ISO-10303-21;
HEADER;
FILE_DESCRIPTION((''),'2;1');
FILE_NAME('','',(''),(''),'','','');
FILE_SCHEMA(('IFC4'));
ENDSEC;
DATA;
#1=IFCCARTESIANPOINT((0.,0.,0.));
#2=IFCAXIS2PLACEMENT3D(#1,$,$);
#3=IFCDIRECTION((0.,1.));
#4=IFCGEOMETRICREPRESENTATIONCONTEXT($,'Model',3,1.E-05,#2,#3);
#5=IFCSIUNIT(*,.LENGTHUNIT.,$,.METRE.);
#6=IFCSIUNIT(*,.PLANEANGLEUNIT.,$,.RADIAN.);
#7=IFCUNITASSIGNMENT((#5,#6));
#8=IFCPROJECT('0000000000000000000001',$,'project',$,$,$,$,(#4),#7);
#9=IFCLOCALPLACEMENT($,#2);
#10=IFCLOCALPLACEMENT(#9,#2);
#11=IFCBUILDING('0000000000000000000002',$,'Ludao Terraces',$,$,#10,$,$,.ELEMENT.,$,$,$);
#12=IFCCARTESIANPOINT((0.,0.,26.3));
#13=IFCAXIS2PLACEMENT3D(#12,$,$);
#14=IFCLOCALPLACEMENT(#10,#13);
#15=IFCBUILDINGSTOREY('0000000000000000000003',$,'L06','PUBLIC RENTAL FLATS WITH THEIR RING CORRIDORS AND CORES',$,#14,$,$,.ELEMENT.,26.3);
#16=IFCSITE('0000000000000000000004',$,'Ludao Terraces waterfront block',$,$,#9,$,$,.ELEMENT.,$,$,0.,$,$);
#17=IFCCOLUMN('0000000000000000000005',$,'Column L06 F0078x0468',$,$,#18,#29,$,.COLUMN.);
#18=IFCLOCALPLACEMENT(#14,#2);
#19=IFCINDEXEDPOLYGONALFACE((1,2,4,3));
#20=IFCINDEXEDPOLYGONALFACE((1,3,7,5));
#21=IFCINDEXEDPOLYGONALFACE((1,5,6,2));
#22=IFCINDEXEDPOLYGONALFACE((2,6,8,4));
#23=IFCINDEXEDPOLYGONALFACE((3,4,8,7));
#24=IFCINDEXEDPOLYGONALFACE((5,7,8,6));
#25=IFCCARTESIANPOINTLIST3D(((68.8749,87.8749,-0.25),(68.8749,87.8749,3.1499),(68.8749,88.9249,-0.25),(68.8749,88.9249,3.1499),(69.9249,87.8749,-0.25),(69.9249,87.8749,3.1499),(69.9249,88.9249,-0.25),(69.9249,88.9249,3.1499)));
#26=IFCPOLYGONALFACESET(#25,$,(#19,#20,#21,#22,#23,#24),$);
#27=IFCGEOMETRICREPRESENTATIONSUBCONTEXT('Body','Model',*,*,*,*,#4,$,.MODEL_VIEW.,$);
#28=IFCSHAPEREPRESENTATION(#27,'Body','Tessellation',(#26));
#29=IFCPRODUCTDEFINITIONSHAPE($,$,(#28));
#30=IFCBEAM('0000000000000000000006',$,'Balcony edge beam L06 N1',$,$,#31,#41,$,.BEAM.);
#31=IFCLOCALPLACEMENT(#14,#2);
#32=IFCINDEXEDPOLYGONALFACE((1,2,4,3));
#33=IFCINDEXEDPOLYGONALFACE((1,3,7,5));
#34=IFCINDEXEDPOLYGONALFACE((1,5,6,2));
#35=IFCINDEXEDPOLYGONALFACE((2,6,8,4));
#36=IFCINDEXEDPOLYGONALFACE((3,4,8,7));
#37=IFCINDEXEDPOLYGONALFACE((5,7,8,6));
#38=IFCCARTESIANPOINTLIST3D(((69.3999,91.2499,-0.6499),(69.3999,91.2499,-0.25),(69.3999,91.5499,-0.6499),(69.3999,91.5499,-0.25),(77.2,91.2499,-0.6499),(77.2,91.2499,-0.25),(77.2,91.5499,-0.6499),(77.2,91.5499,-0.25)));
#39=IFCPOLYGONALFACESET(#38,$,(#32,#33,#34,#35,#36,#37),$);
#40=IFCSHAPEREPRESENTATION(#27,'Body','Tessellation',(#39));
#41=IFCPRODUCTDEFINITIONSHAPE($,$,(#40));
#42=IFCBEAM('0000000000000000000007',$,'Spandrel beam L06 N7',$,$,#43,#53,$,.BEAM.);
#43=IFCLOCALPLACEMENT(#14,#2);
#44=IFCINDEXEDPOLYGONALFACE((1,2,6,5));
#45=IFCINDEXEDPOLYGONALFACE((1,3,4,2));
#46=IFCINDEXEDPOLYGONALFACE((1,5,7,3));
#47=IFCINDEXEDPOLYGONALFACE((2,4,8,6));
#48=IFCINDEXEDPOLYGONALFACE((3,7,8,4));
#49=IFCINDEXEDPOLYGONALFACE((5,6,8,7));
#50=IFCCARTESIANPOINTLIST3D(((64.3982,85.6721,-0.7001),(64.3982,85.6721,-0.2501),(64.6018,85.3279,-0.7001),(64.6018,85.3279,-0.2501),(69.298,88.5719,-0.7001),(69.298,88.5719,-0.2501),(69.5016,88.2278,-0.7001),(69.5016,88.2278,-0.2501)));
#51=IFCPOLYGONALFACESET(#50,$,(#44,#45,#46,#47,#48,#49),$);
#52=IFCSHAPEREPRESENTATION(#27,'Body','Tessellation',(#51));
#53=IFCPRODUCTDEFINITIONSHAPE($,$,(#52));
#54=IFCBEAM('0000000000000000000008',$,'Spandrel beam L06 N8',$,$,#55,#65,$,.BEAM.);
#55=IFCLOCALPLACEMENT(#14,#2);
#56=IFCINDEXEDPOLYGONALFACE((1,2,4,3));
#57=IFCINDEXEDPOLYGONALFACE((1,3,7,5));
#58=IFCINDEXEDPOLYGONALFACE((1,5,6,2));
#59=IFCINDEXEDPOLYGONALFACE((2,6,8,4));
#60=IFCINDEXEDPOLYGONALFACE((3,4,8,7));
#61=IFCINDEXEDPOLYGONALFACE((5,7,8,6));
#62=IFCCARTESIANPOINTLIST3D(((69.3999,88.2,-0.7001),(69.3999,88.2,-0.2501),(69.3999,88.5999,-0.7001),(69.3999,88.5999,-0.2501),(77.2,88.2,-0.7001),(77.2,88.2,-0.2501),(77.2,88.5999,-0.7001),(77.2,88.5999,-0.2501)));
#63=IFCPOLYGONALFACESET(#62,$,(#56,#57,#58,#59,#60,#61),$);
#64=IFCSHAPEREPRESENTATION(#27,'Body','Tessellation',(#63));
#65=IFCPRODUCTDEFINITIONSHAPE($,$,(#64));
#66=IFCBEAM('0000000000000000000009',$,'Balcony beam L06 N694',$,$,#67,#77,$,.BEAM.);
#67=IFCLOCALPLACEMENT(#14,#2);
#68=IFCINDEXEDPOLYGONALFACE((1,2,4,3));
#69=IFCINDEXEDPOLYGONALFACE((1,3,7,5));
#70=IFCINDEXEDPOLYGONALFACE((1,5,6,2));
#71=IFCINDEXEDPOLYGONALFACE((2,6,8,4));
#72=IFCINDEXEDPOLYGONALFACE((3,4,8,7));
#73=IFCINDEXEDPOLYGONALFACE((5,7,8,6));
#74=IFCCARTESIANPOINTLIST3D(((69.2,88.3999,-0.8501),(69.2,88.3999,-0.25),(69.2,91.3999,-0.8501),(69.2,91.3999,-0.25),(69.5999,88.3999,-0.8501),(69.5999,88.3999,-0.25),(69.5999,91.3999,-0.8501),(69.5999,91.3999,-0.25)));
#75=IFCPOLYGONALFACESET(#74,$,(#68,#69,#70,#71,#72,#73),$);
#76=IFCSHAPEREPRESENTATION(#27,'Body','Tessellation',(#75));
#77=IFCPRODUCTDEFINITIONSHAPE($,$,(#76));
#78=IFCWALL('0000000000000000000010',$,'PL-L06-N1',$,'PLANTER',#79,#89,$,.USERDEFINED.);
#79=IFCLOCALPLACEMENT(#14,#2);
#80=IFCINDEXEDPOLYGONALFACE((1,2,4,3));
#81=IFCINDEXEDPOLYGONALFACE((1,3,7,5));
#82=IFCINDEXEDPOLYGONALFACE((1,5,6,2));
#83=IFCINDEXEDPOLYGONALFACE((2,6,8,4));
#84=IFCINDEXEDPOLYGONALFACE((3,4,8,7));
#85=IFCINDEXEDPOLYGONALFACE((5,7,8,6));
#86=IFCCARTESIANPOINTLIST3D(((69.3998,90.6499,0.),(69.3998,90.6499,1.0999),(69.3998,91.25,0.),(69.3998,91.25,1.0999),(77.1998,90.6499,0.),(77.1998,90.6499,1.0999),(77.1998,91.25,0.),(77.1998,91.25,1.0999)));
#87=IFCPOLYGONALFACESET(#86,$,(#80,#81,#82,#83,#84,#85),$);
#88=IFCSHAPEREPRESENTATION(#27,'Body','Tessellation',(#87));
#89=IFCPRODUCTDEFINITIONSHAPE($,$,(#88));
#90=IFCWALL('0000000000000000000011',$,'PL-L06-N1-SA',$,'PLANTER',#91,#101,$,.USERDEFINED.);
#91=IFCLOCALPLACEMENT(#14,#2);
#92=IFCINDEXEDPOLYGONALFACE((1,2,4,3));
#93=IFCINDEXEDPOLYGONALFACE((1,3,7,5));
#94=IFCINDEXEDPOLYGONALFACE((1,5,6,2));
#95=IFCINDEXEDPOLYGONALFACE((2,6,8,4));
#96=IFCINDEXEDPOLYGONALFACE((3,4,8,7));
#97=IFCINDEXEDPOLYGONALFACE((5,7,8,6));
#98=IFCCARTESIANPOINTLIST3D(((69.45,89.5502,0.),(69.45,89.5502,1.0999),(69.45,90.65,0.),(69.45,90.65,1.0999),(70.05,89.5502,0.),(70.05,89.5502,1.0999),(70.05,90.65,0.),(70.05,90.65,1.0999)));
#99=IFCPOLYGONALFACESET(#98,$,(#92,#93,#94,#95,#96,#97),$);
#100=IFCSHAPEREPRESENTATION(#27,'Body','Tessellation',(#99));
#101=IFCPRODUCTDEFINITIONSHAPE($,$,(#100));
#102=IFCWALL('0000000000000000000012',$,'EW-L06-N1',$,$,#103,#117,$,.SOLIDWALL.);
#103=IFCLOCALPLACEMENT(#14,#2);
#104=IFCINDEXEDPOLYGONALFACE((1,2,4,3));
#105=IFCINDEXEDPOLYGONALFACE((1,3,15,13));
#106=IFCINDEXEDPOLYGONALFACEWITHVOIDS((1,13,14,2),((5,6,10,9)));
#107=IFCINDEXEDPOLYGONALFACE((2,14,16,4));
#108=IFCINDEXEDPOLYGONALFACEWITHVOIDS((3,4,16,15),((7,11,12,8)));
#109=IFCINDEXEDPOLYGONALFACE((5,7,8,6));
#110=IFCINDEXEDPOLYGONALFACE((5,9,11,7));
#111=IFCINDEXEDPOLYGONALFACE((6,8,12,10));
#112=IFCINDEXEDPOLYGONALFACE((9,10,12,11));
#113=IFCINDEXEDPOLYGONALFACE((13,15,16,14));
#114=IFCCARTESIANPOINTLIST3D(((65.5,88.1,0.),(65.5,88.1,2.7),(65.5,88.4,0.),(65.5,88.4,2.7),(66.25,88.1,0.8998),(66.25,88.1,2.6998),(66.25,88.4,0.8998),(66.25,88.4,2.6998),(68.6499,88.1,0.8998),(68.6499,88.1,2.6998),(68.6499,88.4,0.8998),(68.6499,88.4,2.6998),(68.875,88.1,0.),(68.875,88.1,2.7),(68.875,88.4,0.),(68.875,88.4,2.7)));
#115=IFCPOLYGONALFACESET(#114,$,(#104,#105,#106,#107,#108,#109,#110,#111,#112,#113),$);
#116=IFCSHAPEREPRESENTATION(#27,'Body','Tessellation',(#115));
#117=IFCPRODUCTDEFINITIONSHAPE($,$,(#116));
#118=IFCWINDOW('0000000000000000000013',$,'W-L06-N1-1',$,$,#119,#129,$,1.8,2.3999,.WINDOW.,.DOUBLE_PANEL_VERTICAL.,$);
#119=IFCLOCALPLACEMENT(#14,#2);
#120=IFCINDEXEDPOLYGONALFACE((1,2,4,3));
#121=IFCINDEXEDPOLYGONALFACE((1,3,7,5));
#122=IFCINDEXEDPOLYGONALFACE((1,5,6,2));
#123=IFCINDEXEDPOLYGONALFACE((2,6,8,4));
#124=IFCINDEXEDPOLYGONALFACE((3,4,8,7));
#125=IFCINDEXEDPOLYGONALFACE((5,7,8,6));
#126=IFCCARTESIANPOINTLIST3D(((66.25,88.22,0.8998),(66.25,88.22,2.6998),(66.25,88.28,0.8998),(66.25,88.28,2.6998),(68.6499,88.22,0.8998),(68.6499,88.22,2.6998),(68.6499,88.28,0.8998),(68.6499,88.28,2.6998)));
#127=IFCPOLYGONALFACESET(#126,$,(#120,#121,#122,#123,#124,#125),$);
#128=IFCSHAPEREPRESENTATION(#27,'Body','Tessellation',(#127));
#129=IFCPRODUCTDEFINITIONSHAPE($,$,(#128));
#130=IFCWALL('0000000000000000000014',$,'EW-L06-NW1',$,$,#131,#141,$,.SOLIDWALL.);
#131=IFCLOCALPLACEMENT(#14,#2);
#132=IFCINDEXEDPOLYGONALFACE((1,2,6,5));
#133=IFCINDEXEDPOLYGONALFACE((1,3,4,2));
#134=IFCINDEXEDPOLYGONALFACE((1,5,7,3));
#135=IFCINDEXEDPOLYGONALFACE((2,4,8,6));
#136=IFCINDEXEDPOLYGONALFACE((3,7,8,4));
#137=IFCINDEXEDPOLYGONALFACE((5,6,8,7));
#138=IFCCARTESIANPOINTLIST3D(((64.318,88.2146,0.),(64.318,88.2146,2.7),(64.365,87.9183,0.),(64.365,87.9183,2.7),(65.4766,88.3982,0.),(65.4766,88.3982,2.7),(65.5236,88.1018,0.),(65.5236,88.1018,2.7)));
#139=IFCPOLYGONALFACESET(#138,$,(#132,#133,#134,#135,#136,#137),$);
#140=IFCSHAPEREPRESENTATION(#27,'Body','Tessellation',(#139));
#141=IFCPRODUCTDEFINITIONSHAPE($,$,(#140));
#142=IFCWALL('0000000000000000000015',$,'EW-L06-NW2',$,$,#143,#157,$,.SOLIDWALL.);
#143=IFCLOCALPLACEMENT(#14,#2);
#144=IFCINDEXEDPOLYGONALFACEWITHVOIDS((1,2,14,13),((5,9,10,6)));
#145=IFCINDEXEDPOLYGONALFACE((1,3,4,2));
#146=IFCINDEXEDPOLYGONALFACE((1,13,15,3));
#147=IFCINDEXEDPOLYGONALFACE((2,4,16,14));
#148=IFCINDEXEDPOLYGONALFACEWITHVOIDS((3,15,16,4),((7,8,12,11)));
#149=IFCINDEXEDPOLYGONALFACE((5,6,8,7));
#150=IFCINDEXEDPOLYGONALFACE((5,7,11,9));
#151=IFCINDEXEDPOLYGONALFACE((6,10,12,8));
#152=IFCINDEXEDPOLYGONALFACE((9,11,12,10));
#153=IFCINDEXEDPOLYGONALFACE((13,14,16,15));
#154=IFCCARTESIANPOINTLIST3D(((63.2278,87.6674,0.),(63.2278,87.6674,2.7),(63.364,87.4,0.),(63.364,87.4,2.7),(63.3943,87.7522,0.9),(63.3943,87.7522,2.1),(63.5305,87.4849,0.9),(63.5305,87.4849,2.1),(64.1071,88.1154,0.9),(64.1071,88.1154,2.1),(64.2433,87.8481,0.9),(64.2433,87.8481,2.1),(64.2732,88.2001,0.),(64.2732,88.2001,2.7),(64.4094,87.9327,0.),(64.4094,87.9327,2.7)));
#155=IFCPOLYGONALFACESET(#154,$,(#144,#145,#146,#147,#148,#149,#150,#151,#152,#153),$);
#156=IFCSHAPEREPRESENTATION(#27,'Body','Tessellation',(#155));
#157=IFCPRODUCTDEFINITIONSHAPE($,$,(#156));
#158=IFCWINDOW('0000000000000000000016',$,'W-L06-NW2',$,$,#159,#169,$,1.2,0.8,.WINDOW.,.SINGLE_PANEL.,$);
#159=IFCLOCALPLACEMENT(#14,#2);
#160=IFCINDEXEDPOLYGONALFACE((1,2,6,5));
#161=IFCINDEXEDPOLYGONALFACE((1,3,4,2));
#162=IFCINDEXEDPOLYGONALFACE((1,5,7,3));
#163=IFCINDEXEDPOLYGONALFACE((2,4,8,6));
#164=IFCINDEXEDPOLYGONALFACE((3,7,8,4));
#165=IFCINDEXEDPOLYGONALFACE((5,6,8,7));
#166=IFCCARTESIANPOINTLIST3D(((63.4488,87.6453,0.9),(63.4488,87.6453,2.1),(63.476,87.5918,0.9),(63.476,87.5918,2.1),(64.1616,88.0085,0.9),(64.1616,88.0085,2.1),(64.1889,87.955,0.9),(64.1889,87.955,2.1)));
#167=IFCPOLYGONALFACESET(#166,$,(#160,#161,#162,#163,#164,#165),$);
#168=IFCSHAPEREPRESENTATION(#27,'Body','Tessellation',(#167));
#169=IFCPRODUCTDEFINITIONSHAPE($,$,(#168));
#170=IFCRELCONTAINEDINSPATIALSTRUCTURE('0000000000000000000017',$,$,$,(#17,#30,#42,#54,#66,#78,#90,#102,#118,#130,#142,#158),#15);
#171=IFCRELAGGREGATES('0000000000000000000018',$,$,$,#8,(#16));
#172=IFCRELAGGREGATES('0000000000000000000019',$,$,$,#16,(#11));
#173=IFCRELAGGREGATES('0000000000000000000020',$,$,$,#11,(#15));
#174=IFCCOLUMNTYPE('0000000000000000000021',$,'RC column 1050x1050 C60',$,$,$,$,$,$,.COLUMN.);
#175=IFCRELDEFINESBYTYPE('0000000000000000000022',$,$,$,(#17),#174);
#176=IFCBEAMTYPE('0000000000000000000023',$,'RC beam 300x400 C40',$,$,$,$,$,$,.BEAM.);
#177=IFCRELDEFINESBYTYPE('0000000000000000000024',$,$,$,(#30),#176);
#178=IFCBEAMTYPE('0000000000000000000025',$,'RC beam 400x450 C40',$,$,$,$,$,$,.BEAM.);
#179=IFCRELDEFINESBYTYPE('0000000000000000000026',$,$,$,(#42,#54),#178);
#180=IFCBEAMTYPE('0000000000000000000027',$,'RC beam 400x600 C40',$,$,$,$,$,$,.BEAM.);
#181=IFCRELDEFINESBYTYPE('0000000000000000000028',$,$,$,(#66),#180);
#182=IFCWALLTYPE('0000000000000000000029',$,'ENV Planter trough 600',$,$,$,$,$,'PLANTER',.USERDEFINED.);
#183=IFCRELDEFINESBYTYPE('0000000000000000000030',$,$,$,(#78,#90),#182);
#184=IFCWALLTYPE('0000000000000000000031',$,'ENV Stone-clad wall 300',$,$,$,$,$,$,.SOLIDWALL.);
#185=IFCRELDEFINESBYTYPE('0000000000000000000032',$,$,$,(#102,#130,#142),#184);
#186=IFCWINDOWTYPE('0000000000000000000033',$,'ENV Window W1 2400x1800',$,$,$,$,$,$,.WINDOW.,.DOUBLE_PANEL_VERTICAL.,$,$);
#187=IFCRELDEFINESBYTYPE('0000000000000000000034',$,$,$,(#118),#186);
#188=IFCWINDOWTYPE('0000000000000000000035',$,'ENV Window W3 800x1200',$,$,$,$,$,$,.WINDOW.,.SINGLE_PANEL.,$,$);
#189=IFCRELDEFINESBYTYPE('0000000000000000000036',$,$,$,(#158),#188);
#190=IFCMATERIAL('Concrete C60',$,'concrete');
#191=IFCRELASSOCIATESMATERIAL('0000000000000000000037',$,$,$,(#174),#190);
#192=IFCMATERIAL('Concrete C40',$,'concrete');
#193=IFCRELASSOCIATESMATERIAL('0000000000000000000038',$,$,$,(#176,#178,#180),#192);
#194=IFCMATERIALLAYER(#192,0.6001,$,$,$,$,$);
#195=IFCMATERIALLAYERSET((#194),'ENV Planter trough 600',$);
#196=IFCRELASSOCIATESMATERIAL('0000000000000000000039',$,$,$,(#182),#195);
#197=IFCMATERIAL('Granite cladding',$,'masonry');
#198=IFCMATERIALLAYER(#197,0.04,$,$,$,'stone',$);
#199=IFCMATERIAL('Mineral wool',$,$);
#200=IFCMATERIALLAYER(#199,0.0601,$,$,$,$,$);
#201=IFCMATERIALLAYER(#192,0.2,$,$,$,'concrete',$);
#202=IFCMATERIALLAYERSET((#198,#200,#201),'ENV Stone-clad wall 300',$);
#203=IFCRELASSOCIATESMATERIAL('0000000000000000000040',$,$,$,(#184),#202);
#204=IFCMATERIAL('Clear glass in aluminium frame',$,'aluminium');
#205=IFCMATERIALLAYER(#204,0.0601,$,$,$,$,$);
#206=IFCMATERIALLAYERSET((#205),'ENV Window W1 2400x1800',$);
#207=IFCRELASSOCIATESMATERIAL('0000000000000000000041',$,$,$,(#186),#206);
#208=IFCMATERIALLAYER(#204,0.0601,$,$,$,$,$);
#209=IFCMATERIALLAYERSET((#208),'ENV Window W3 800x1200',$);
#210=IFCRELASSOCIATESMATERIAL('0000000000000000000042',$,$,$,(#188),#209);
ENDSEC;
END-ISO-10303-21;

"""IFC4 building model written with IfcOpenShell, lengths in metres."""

from ifc_helpers import new_model, si_unit, direction, frame, frame_2d, origin, origin_2d, place, context, subcontext, project, spatial, rectangle, extrude, material, layer, layer_set, material_profile, profile_set, type_object, element, fill, save


model = new_model("IFC4")

# Units and contexts
model_context = context("Model", 3, precision=1e-05, world=origin(), true_north=direction((0.0, 1.0)))
body_context = subcontext(model_context, "Body", "Model", "MODEL_VIEW")
ifc_project = project(units=[si_unit("LENGTHUNIT", "METRE"), si_unit("PLANEANGLEUNIT", "RADIAN")], contexts=[model_context])

# Site, building, storey
site_placement = place(None, origin())
site = spatial("IfcSite", under=ifc_project, at=site_placement, Name="Ludao Terraces waterfront block", CompositionType="ELEMENT", RefElevation=0.0)
building_placement = place(site_placement, origin())
building = spatial("IfcBuilding", under=site, at=building_placement, Name="Ludao Terraces", CompositionType="ELEMENT")
storey_placement = place(building_placement, frame((0.0, 0.0, 26.3)))
storey = spatial("IfcBuildingStorey", under=building, at=storey_placement, Name="L06", Description="PUBLIC RENTAL FLATS WITH THEIR RING CORRIDORS AND CORES", CompositionType="ELEMENT", Elevation=26.3)

# Column
ifc_material_1 = material(Name="Concrete C60", Category="concrete")
ifc_material_profile_1 = material_profile(ifc_material_1, rectangle(XDim=1.05, YDim=1.05, at=origin_2d()), Name="1050 X 1050")
ifc_profile_set_1 = profile_set([ifc_material_profile_1], Name="Concrete C60")
column_type = type_object("IfcColumnType", Name="RC column 1050x1050 C60", PredefinedType="COLUMN", material=ifc_profile_set_1)
column_placement = place(storey_placement, frame((69.3999, 88.3999, -0.25), z_axis=(0.0, 0.0, 1.0), x_axis=(1.0, 0.0, 0.0)))
element("IfcColumn", 1, at=column_placement, inside=storey, type_object=column_type, Name="Column L06 F0078x0468", PredefinedType="COLUMN", context=body_context, shape_type="SweptSolid", body=[
    extrude(rectangle(XDim=1.05, YDim=1.05, at=origin_2d()), origin(), (0.0, 0.0, 1.0), 3.3999),
])

# Beams
ifc_material_2 = material(Name="Concrete C40", Category="concrete")
ifc_material_profile_2 = material_profile(ifc_material_2, rectangle(XDim=0.3, YDim=0.3999, at=origin_2d()), Name="300 X 400")
ifc_profile_set_2 = profile_set([ifc_material_profile_2], Name="Concrete C40")
beam_type_1 = type_object("IfcBeamType", Name="RC beam 300x400 C40", PredefinedType="BEAM", material=ifc_profile_set_2)
beam_1_placement = place(storey_placement, frame((69.3999, 91.3999, -0.45), z_axis=(1.0, 0.0, 0.0), x_axis=(0.0, 1.0, 0.0)))
element("IfcBeam", 2, at=beam_1_placement, inside=storey, type_object=beam_type_1, Name="Balcony edge beam L06 N1", PredefinedType="BEAM", context=body_context, shape_type="SweptSolid", body=[
    extrude(rectangle(XDim=0.3, YDim=0.3999, at=origin_2d()), origin(), (0.0, 0.0, 1.0), 7.8),
])
ifc_material_profile_3 = material_profile(ifc_material_2, rectangle(XDim=0.3999, YDim=0.45, at=origin_2d()), Name="400 X 450")
ifc_profile_set_3 = profile_set([ifc_material_profile_3], Name="Concrete C40")
beam_type_2 = type_object("IfcBeamType", Name="RC beam 400x450 C40", PredefinedType="BEAM", material=ifc_profile_set_3)
beam_2_placement = place(storey_placement, frame((64.5, 85.5, -0.4751), z_axis=(0.86058, 0.509316, 0.0), x_axis=(-0.509316, 0.86058, 0.0)))
element("IfcBeam", 3, at=beam_2_placement, inside=storey, type_object=beam_type_2, Name="Spandrel beam L06 N7", PredefinedType="BEAM", context=body_context, shape_type="SweptSolid", body=[
    extrude(rectangle(XDim=0.3999, YDim=0.45, at=origin_2d()), origin(), (0.0, 0.0, 1.0), 5.6936),
])
beam_3_placement = place(storey_placement, frame((69.3999, 88.3999, -0.4751), z_axis=(1.0, 0.0, 0.0), x_axis=(0.0, 1.0, 0.0)))
element("IfcBeam", 4, at=beam_3_placement, inside=storey, type_object=beam_type_2, Name="Spandrel beam L06 N8", PredefinedType="BEAM", context=body_context, shape_type="SweptSolid", body=[
    extrude(rectangle(XDim=0.3999, YDim=0.45, at=origin_2d()), origin(), (0.0, 0.0, 1.0), 7.8),
])
ifc_material_profile_4 = material_profile(ifc_material_2, rectangle(XDim=0.3999, YDim=0.6001, at=origin_2d()), Name="400 X 600")
ifc_profile_set_4 = profile_set([ifc_material_profile_4], Name="Concrete C40")
beam_type_3 = type_object("IfcBeamType", Name="RC beam 400x600 C40", PredefinedType="BEAM", material=ifc_profile_set_4)
beam_4_placement = place(storey_placement, frame((69.3999, 88.3999, -0.55), z_axis=(0.0, 1.0, 0.0), x_axis=(-1.0, 0.0, 0.0)))
element("IfcBeam", 5, at=beam_4_placement, inside=storey, type_object=beam_type_3, Name="Balcony beam L06 N694", PredefinedType="BEAM", context=body_context, shape_type="SweptSolid", body=[
    extrude(rectangle(XDim=0.3999, YDim=0.6001, at=origin_2d()), origin(), (0.0, 0.0, 1.0), 3.0),
])

# Walls
ifc_layer_1 = layer(ifc_material_2, 0.6001)
ifc_layer_set_1 = layer_set([ifc_layer_1], Name="ENV Planter trough 600")
wall_type_1 = type_object("IfcWallType", Name="ENV Planter trough 600", ElementType="PLANTER", PredefinedType="USERDEFINED", material=ifc_layer_set_1)
wall_1_placement = place(storey_placement, frame((69.3999, 90.95, 0.0), z_axis=(0.0, 0.0, 1.0), x_axis=(1.0, 0.0, 0.0)))
element("IfcWall", 6, at=wall_1_placement, inside=storey, type_object=wall_type_1, Name="PL-L06-N1", ObjectType="PLANTER", PredefinedType="USERDEFINED", context=body_context, shape_type="SweptSolid", body=[
    extrude(rectangle(XDim=7.8, YDim=0.6001, at=frame_2d((3.8999, 0.0))), origin(), (0.0, 0.0, 1.0), 1.0999),
])
wall_2_placement = place(storey_placement, frame((69.75, 90.6499, 0.0), z_axis=(0.0, 0.0, 1.0), x_axis=(0.0, -1.0, 0.0)))
element("IfcWall", 7, at=wall_2_placement, inside=storey, type_object=wall_type_1, Name="PL-L06-N1-SA", ObjectType="PLANTER", PredefinedType="USERDEFINED", context=body_context, shape_type="SweptSolid", body=[
    extrude(rectangle(XDim=1.0999, YDim=0.6001, at=frame_2d((0.5498, 0.0))), origin(), (0.0, 0.0, 1.0), 1.0999),
])

# Wall, opening, window
ifc_material_3 = material(Name="Granite cladding", Category="masonry")
ifc_layer_2 = layer(ifc_material_3, 0.04, Category="stone")
ifc_material_4 = material(Name="Mineral wool")
ifc_layer_3 = layer(ifc_material_4, 0.0601)
ifc_layer_4 = layer(ifc_material_2, 0.2, Category="concrete")
ifc_layer_set_2 = layer_set([ifc_layer_2, ifc_layer_3, ifc_layer_4], Name="ENV Stone-clad wall 300")
wall_type_2 = type_object("IfcWallType", Name="ENV Stone-clad wall 300", PredefinedType="SOLIDWALL", material=ifc_layer_set_2)
wall_3_placement = place(storey_placement, frame((65.5, 88.25, 0.0), z_axis=(0.0, 0.0, 1.0), x_axis=(1.0, 0.0, 0.0)))
wall_3 = element("IfcWall", 8, at=wall_3_placement, inside=storey, type_object=wall_type_2, Name="EW-L06-N1", PredefinedType="SOLIDWALL", context=body_context, shape_type="SweptSolid", body=[
    extrude(rectangle(XDim=3.375, YDim=0.3, at=frame_2d((1.6875, 0.0))), origin(), (0.0, 0.0, 1.0), 2.7),
])
opening_1_placement = place(wall_3_placement, frame((0.75, 0.0, 0.8999)))
opening_1 = element("IfcOpeningElement", 9, at=opening_1_placement, cuts=wall_3, PredefinedType="OPENING", context=body_context, shape_type="SweptSolid", body=[
    extrude(rectangle(XDim=2.3999, YDim=1.8, at=frame_2d((1.2, 0.8999))), frame((0.0, 0.1602, 0.0), z_axis=(0.0, -1.0, 0.0), x_axis=(1.0, 0.0, 0.0)), (0.0, 0.0, 1.0), 0.3201),
])
ifc_material_5 = material(Name="Clear glass in aluminium frame", Category="aluminium")
ifc_layer_5 = layer(ifc_material_5, 0.0601)
ifc_layer_set_3 = layer_set([ifc_layer_5], Name="ENV Window W1 2400x1800")
window_type_1 = type_object("IfcWindowType", Name="ENV Window W1 2400x1800", PartitioningType="DOUBLE_PANEL_VERTICAL", PredefinedType="WINDOW", material=ifc_layer_set_3)
window_1_placement = place(opening_1_placement, origin())
window_1 = element("IfcWindow", 10, at=window_1_placement, inside=storey, type_object=window_type_1, Name="W-L06-N1-1", OverallHeight=1.8, OverallWidth=2.3999, PartitioningType="DOUBLE_PANEL_VERTICAL", PredefinedType="WINDOW", context=body_context, shape_type="SweptSolid", body=[
    extrude(rectangle(XDim=2.3999, YDim=1.8, at=frame_2d((1.2, 0.8999))), frame((0.0, 0.03, 0.0), z_axis=(0.0, -1.0, 0.0), x_axis=(1.0, 0.0, 0.0)), (0.0, 0.0, 1.0), 0.0601),
])
fill(opening_1, window_1)

# Wall
wall_4_placement = place(storey_placement, frame((65.5, 88.25, 0.0), z_axis=(0.0, 0.0, 1.0), x_axis=(-0.987678, -0.156497, 0.0)))
element("IfcWall", 11, at=wall_4_placement, inside=storey, type_object=wall_type_2, Name="EW-L06-NW1", PredefinedType="SOLIDWALL", context=body_context, shape_type="SweptSolid", body=[
    extrude(rectangle(XDim=1.1731, YDim=0.3, at=frame_2d((0.5864, 0.0))), origin(), (0.0, 0.0, 1.0), 2.7),
])

# Wall, opening, window
wall_5_placement = place(storey_placement, frame((64.3413, 88.0664, 0.0), z_axis=(0.0, 0.0, 1.0), x_axis=(-0.890989, -0.454026, 0.0)))
wall_5 = element("IfcWall", 12, at=wall_5_placement, inside=storey, type_object=wall_type_2, Name="EW-L06-NW2", PredefinedType="SOLIDWALL", context=body_context, shape_type="SweptSolid", body=[
    extrude(rectangle(XDim=1.1733, YDim=0.3, at=frame_2d((0.5867, 0.0))), origin(), (0.0, 0.0, 1.0), 2.7),
])
opening_2_placement = place(wall_5_placement, frame((0.1865, 0.0, 0.8999)))
opening_2 = element("IfcOpeningElement", 13, at=opening_2_placement, cuts=wall_5, PredefinedType="OPENING", context=body_context, shape_type="SweptSolid", body=[
    extrude(rectangle(XDim=0.8, YDim=1.2, at=frame_2d((0.3999, 0.6001))), frame((0.0, 0.1602, 0.0), z_axis=(0.0, -1.0, 0.0), x_axis=(1.0, 0.0, 0.0)), (0.0, 0.0, 1.0), 0.3201),
])
ifc_layer_6 = layer(ifc_material_5, 0.0601)
ifc_layer_set_4 = layer_set([ifc_layer_6], Name="ENV Window W3 800x1200")
window_type_2 = type_object("IfcWindowType", Name="ENV Window W3 800x1200", PartitioningType="SINGLE_PANEL", PredefinedType="WINDOW", material=ifc_layer_set_4)
window_2_placement = place(opening_2_placement, origin())
window_2 = element("IfcWindow", 14, at=window_2_placement, inside=storey, type_object=window_type_2, Name="W-L06-NW2", OverallHeight=1.2, OverallWidth=0.8, PartitioningType="SINGLE_PANEL", PredefinedType="WINDOW", context=body_context, shape_type="SweptSolid", body=[
    extrude(rectangle(XDim=0.8, YDim=1.2, at=frame_2d((0.3999, 0.6001))), frame((0.0, 0.03, 0.0), z_axis=(0.0, -1.0, 0.0), x_axis=(1.0, 0.0, 0.0)), (0.0, 0.0, 1.0), 0.0601),
])
fill(opening_2, window_2)

save(model, "model.ifc")
